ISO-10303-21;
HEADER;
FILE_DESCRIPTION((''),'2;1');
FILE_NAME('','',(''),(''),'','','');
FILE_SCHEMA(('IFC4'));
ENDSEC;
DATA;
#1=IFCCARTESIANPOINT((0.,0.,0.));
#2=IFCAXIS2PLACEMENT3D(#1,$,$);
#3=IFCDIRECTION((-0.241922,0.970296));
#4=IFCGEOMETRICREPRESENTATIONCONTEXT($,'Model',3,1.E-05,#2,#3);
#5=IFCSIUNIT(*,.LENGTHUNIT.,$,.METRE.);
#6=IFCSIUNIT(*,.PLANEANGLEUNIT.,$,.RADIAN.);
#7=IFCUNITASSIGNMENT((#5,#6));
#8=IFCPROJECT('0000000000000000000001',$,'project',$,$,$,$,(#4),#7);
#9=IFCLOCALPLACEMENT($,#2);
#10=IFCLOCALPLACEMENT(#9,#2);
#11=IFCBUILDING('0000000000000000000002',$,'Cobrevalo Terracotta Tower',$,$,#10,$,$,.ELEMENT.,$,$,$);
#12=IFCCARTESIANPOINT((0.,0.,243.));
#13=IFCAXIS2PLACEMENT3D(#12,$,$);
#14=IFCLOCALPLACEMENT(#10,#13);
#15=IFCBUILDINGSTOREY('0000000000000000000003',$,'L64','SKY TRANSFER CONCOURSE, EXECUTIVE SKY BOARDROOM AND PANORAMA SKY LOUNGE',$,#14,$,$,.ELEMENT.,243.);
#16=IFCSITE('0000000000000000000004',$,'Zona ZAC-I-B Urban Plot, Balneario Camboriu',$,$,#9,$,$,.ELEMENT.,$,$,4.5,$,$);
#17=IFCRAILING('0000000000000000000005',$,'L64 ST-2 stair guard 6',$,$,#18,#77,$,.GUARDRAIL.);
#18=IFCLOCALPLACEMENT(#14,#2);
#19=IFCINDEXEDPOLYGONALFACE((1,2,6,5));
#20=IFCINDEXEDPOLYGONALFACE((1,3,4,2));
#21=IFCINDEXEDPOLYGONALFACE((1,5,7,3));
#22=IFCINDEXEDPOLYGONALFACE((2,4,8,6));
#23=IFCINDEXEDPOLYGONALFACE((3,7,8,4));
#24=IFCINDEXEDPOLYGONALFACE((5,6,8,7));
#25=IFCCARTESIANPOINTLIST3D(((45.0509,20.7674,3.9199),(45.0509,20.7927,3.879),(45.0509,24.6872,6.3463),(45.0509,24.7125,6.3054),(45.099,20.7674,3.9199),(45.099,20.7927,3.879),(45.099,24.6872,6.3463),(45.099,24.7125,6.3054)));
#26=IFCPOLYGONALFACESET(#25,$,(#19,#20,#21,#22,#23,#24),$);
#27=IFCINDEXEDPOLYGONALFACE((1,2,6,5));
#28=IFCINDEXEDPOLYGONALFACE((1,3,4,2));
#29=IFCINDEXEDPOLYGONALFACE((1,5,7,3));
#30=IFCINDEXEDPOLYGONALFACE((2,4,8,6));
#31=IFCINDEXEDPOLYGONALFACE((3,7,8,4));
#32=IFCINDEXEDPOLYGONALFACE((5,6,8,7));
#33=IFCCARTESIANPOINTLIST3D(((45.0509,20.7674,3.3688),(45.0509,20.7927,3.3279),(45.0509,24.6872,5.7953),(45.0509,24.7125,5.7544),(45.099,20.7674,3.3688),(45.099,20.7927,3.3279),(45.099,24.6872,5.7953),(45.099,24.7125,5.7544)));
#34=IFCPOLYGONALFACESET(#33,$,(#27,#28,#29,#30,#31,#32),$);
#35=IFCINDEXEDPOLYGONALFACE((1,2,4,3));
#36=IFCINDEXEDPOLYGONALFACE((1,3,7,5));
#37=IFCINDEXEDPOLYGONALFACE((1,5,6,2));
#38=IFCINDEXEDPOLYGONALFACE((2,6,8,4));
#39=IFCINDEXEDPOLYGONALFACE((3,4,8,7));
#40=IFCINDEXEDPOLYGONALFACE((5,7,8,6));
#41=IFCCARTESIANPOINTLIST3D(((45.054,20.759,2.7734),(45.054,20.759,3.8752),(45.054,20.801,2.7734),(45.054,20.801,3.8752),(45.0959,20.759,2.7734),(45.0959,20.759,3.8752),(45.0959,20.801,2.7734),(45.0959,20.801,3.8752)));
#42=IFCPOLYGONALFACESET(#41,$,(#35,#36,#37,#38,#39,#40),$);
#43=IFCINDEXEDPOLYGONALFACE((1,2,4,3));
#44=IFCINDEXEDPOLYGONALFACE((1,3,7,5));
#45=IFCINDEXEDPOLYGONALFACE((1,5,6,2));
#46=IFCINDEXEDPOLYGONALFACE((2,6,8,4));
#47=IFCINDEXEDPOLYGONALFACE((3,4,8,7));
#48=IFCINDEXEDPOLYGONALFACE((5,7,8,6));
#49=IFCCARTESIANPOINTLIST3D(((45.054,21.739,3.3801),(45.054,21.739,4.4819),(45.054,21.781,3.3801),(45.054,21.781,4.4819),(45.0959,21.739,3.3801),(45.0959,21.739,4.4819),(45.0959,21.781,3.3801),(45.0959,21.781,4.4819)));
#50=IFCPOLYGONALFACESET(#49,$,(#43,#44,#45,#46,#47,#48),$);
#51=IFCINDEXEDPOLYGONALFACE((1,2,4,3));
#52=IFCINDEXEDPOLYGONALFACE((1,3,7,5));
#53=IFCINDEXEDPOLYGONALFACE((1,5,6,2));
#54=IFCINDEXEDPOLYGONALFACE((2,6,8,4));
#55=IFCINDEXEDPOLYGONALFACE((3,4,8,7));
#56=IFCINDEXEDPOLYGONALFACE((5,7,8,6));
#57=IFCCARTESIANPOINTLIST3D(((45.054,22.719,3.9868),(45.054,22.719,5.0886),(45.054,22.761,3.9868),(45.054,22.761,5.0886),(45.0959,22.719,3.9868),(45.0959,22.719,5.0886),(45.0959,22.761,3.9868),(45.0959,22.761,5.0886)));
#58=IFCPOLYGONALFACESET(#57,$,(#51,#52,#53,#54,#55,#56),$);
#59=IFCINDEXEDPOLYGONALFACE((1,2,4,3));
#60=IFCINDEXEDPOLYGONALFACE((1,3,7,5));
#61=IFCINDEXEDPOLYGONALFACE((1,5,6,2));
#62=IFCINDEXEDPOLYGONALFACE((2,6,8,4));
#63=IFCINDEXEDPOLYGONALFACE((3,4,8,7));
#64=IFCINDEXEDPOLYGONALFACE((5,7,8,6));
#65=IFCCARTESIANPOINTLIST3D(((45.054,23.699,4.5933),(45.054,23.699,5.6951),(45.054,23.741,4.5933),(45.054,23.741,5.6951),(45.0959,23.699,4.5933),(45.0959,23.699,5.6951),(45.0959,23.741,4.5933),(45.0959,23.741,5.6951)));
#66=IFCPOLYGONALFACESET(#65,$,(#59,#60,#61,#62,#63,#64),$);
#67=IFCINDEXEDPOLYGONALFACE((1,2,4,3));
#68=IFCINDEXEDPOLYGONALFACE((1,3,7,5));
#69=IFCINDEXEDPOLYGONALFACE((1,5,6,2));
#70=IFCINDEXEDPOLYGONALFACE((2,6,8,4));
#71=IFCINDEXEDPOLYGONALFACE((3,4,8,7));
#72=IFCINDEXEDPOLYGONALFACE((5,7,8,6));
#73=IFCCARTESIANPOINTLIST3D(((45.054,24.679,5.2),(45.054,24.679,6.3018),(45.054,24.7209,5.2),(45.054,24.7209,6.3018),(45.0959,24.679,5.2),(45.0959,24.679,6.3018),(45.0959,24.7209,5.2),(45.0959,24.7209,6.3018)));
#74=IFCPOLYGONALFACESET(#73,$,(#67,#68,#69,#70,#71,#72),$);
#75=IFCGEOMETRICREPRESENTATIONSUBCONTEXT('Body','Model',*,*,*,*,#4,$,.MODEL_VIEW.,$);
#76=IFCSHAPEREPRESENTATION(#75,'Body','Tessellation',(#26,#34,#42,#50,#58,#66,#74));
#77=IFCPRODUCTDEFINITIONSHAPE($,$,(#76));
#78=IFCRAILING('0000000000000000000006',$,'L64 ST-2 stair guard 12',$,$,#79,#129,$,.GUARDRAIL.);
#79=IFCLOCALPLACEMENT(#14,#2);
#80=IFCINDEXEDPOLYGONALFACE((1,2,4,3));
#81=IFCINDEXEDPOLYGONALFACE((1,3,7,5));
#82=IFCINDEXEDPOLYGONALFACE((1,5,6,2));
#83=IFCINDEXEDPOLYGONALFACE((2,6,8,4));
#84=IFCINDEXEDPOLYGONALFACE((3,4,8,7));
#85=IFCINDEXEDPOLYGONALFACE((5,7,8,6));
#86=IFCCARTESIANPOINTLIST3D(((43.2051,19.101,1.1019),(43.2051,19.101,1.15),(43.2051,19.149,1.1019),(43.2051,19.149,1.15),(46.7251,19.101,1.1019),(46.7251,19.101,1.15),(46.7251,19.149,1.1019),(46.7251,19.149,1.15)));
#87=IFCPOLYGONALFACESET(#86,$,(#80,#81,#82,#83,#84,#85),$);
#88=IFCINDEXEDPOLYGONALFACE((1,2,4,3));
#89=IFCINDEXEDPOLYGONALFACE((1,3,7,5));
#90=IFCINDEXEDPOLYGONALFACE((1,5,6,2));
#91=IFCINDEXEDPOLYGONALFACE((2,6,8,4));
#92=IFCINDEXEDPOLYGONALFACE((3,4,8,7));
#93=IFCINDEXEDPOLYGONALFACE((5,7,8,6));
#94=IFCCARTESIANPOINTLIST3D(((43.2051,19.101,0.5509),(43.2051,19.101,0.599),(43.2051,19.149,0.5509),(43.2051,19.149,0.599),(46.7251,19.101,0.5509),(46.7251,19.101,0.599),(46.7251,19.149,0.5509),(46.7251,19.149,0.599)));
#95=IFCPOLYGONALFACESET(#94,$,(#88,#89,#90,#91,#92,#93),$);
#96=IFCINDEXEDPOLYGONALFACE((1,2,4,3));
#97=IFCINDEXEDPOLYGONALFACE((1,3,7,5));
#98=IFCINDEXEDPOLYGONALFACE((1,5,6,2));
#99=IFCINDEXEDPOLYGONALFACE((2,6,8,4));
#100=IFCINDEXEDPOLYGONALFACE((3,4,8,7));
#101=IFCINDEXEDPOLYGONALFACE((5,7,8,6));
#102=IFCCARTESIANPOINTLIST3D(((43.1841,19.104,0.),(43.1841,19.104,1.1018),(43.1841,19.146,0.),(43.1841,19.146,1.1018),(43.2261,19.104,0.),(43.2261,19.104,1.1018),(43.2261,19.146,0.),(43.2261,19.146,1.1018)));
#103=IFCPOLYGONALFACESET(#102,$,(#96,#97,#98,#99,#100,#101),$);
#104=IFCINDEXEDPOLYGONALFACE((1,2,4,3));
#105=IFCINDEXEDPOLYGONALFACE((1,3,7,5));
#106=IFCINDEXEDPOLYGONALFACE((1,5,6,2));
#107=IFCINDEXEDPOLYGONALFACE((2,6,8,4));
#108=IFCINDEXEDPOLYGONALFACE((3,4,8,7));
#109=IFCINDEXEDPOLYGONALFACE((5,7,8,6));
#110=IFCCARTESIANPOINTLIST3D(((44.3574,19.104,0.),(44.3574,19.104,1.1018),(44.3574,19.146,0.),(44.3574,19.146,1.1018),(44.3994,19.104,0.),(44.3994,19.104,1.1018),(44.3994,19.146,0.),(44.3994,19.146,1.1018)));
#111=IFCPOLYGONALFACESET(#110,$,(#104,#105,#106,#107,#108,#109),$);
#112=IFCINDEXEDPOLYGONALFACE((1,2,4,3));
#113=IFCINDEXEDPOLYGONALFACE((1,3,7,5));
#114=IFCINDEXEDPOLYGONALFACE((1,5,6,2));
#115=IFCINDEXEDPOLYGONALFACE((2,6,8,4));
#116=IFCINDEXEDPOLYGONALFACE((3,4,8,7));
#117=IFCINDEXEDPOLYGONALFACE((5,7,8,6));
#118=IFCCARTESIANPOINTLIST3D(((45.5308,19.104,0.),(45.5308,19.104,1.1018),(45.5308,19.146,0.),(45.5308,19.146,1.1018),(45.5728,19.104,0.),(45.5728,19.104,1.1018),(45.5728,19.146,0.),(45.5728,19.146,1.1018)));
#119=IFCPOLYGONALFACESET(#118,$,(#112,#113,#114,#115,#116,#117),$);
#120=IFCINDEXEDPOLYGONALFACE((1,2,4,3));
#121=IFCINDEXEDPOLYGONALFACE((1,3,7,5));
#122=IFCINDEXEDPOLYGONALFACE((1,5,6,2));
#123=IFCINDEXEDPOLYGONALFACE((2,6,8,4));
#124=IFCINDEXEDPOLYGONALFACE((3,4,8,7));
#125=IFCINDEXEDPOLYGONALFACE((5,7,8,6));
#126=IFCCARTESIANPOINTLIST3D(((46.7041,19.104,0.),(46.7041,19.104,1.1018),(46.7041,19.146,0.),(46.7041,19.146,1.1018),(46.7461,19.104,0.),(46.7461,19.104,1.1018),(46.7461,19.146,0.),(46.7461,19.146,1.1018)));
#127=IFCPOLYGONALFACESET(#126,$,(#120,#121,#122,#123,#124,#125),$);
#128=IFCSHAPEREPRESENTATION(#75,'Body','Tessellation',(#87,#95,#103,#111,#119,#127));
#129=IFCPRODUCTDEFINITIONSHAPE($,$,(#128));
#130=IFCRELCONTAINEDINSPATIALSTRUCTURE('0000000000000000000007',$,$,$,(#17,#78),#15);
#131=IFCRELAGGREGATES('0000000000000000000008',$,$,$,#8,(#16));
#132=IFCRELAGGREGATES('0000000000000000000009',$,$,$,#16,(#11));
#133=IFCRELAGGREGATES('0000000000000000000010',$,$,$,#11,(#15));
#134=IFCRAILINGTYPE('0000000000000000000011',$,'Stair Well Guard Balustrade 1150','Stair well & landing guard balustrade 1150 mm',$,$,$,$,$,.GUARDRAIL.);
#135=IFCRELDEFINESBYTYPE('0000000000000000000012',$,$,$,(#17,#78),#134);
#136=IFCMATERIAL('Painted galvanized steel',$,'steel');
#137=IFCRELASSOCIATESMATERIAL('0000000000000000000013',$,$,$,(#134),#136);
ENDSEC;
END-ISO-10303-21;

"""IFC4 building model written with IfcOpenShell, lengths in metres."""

from ifc_helpers import new_model, si_unit, direction, frame, origin, origin_2d, place, context, subcontext, project, spatial, rectangle, extrude, material, type_object, element, save


model = new_model("IFC4")

# Units and contexts
model_context = context("Model", 3, precision=1e-05, world=origin(), true_north=direction((-0.241922, 0.970296)))
body_context = subcontext(model_context, "Body", "Model", "MODEL_VIEW")
ifc_project = project(units=[si_unit("LENGTHUNIT", "METRE"), si_unit("PLANEANGLEUNIT", "RADIAN")], contexts=[model_context])

# Site, building, storey
site_placement = place(None, origin())
site = spatial("IfcSite", under=ifc_project, at=site_placement, Name="Zona ZAC-I-B Urban Plot, Balneario Camboriu", CompositionType="ELEMENT", RefElevation=4.5)
building_placement = place(site_placement, origin())
building = spatial("IfcBuilding", under=site, at=building_placement, Name="Cobrevalo Terracotta Tower", CompositionType="ELEMENT")
storey_placement = place(building_placement, frame((0.0, 0.0, 243.0)))
storey = spatial("IfcBuildingStorey", under=building, at=storey_placement, Name="L64", Description="SKY TRANSFER CONCOURSE, EXECUTIVE SKY BOARDROOM AND PANORAMA SKY LOUNGE", CompositionType="ELEMENT", Elevation=243.0)

# Railings
ifc_material_1 = material(Name="Painted galvanized steel", Category="steel")
railing_type_1 = type_object("IfcRailingType", Name="Stair Well Guard Balustrade 1150", Description="Stair well & landing guard balustrade 1150 mm", PredefinedType="GUARDRAIL", material=ifc_material_1)
railing_1_placement = place(storey_placement, frame((45.075, 20.78, 2.7734)))
element("IfcRailing", 1, at=railing_1_placement, inside=storey, type_object=railing_type_1, Name="L64 ST-2 stair guard 6", PredefinedType="GUARDRAIL", context=body_context, shape_type="SweptSolid", body=[
    extrude(rectangle(XDim=0.0481, YDim=0.0481, at=origin_2d()), frame((0.0, 0.0, 1.126), z_axis=(0.0, 0.850275, 0.526338), x_axis=(-1.0, 0.0, 0.0)), (0.0, 0.0, 1.0), 4.6101),
    extrude(rectangle(XDim=0.0481, YDim=0.0481, at=origin_2d()), frame((0.0, 0.0, 0.575), z_axis=(0.0, 0.850275, 0.526338), x_axis=(-1.0, 0.0, 0.0)), (0.0, 0.0, 1.0), 4.6101),
    extrude(rectangle(XDim=0.042, YDim=0.042, at=origin_2d()), origin(), (0.0, 0.0, 1.0), 1.1018),
    extrude(rectangle(XDim=0.042, YDim=0.042, at=origin_2d()), frame((0.0, 0.98, 0.6067)), (0.0, 0.0, 1.0), 1.1018),
    extrude(rectangle(XDim=0.042, YDim=0.042, at=origin_2d()), frame((0.0, 1.96, 1.2134)), (0.0, 0.0, 1.0), 1.1018),
    extrude(rectangle(XDim=0.042, YDim=0.042, at=origin_2d()), frame((0.0, 2.9399, 1.8198)), (0.0, 0.0, 1.0), 1.1018),
    extrude(rectangle(XDim=0.042, YDim=0.042, at=origin_2d()), frame((0.0, 3.9199, 2.4265)), (0.0, 0.0, 1.0), 1.1018),
])
railing_2_placement = place(storey_placement, frame((43.2051, 19.125, 0.0)))
element("IfcRailing", 2, at=railing_2_placement, inside=storey, type_object=railing_type_1, Name="L64 ST-2 stair guard 12", PredefinedType="GUARDRAIL", context=body_context, shape_type="SweptSolid", body=[
    extrude(rectangle(XDim=0.0481, YDim=0.0481, at=origin_2d()), frame((0.0, 0.0, 1.126), z_axis=(1.0, 0.0, 0.0), x_axis=(0.0, 1.0, 0.0)), (0.0, 0.0, 1.0), 3.52),
    extrude(rectangle(XDim=0.0481, YDim=0.0481, at=origin_2d()), frame((0.0, 0.0, 0.575), z_axis=(1.0, 0.0, 0.0), x_axis=(0.0, 1.0, 0.0)), (0.0, 0.0, 1.0), 3.52),
    extrude(rectangle(XDim=0.042, YDim=0.042, at=origin_2d()), origin(), (0.0, 0.0, 1.0), 1.1018),
    extrude(rectangle(XDim=0.042, YDim=0.042, at=origin_2d()), frame((1.1733, 0.0, 0.0)), (0.0, 0.0, 1.0), 1.1018),
    extrude(rectangle(XDim=0.042, YDim=0.042, at=origin_2d()), frame((2.3467, 0.0, 0.0)), (0.0, 0.0, 1.0), 1.1018),
    extrude(rectangle(XDim=0.042, YDim=0.042, at=origin_2d()), frame((3.52, 0.0, 0.0)), (0.0, 0.0, 1.0), 1.1018),
])

save(model, "model.ifc")
